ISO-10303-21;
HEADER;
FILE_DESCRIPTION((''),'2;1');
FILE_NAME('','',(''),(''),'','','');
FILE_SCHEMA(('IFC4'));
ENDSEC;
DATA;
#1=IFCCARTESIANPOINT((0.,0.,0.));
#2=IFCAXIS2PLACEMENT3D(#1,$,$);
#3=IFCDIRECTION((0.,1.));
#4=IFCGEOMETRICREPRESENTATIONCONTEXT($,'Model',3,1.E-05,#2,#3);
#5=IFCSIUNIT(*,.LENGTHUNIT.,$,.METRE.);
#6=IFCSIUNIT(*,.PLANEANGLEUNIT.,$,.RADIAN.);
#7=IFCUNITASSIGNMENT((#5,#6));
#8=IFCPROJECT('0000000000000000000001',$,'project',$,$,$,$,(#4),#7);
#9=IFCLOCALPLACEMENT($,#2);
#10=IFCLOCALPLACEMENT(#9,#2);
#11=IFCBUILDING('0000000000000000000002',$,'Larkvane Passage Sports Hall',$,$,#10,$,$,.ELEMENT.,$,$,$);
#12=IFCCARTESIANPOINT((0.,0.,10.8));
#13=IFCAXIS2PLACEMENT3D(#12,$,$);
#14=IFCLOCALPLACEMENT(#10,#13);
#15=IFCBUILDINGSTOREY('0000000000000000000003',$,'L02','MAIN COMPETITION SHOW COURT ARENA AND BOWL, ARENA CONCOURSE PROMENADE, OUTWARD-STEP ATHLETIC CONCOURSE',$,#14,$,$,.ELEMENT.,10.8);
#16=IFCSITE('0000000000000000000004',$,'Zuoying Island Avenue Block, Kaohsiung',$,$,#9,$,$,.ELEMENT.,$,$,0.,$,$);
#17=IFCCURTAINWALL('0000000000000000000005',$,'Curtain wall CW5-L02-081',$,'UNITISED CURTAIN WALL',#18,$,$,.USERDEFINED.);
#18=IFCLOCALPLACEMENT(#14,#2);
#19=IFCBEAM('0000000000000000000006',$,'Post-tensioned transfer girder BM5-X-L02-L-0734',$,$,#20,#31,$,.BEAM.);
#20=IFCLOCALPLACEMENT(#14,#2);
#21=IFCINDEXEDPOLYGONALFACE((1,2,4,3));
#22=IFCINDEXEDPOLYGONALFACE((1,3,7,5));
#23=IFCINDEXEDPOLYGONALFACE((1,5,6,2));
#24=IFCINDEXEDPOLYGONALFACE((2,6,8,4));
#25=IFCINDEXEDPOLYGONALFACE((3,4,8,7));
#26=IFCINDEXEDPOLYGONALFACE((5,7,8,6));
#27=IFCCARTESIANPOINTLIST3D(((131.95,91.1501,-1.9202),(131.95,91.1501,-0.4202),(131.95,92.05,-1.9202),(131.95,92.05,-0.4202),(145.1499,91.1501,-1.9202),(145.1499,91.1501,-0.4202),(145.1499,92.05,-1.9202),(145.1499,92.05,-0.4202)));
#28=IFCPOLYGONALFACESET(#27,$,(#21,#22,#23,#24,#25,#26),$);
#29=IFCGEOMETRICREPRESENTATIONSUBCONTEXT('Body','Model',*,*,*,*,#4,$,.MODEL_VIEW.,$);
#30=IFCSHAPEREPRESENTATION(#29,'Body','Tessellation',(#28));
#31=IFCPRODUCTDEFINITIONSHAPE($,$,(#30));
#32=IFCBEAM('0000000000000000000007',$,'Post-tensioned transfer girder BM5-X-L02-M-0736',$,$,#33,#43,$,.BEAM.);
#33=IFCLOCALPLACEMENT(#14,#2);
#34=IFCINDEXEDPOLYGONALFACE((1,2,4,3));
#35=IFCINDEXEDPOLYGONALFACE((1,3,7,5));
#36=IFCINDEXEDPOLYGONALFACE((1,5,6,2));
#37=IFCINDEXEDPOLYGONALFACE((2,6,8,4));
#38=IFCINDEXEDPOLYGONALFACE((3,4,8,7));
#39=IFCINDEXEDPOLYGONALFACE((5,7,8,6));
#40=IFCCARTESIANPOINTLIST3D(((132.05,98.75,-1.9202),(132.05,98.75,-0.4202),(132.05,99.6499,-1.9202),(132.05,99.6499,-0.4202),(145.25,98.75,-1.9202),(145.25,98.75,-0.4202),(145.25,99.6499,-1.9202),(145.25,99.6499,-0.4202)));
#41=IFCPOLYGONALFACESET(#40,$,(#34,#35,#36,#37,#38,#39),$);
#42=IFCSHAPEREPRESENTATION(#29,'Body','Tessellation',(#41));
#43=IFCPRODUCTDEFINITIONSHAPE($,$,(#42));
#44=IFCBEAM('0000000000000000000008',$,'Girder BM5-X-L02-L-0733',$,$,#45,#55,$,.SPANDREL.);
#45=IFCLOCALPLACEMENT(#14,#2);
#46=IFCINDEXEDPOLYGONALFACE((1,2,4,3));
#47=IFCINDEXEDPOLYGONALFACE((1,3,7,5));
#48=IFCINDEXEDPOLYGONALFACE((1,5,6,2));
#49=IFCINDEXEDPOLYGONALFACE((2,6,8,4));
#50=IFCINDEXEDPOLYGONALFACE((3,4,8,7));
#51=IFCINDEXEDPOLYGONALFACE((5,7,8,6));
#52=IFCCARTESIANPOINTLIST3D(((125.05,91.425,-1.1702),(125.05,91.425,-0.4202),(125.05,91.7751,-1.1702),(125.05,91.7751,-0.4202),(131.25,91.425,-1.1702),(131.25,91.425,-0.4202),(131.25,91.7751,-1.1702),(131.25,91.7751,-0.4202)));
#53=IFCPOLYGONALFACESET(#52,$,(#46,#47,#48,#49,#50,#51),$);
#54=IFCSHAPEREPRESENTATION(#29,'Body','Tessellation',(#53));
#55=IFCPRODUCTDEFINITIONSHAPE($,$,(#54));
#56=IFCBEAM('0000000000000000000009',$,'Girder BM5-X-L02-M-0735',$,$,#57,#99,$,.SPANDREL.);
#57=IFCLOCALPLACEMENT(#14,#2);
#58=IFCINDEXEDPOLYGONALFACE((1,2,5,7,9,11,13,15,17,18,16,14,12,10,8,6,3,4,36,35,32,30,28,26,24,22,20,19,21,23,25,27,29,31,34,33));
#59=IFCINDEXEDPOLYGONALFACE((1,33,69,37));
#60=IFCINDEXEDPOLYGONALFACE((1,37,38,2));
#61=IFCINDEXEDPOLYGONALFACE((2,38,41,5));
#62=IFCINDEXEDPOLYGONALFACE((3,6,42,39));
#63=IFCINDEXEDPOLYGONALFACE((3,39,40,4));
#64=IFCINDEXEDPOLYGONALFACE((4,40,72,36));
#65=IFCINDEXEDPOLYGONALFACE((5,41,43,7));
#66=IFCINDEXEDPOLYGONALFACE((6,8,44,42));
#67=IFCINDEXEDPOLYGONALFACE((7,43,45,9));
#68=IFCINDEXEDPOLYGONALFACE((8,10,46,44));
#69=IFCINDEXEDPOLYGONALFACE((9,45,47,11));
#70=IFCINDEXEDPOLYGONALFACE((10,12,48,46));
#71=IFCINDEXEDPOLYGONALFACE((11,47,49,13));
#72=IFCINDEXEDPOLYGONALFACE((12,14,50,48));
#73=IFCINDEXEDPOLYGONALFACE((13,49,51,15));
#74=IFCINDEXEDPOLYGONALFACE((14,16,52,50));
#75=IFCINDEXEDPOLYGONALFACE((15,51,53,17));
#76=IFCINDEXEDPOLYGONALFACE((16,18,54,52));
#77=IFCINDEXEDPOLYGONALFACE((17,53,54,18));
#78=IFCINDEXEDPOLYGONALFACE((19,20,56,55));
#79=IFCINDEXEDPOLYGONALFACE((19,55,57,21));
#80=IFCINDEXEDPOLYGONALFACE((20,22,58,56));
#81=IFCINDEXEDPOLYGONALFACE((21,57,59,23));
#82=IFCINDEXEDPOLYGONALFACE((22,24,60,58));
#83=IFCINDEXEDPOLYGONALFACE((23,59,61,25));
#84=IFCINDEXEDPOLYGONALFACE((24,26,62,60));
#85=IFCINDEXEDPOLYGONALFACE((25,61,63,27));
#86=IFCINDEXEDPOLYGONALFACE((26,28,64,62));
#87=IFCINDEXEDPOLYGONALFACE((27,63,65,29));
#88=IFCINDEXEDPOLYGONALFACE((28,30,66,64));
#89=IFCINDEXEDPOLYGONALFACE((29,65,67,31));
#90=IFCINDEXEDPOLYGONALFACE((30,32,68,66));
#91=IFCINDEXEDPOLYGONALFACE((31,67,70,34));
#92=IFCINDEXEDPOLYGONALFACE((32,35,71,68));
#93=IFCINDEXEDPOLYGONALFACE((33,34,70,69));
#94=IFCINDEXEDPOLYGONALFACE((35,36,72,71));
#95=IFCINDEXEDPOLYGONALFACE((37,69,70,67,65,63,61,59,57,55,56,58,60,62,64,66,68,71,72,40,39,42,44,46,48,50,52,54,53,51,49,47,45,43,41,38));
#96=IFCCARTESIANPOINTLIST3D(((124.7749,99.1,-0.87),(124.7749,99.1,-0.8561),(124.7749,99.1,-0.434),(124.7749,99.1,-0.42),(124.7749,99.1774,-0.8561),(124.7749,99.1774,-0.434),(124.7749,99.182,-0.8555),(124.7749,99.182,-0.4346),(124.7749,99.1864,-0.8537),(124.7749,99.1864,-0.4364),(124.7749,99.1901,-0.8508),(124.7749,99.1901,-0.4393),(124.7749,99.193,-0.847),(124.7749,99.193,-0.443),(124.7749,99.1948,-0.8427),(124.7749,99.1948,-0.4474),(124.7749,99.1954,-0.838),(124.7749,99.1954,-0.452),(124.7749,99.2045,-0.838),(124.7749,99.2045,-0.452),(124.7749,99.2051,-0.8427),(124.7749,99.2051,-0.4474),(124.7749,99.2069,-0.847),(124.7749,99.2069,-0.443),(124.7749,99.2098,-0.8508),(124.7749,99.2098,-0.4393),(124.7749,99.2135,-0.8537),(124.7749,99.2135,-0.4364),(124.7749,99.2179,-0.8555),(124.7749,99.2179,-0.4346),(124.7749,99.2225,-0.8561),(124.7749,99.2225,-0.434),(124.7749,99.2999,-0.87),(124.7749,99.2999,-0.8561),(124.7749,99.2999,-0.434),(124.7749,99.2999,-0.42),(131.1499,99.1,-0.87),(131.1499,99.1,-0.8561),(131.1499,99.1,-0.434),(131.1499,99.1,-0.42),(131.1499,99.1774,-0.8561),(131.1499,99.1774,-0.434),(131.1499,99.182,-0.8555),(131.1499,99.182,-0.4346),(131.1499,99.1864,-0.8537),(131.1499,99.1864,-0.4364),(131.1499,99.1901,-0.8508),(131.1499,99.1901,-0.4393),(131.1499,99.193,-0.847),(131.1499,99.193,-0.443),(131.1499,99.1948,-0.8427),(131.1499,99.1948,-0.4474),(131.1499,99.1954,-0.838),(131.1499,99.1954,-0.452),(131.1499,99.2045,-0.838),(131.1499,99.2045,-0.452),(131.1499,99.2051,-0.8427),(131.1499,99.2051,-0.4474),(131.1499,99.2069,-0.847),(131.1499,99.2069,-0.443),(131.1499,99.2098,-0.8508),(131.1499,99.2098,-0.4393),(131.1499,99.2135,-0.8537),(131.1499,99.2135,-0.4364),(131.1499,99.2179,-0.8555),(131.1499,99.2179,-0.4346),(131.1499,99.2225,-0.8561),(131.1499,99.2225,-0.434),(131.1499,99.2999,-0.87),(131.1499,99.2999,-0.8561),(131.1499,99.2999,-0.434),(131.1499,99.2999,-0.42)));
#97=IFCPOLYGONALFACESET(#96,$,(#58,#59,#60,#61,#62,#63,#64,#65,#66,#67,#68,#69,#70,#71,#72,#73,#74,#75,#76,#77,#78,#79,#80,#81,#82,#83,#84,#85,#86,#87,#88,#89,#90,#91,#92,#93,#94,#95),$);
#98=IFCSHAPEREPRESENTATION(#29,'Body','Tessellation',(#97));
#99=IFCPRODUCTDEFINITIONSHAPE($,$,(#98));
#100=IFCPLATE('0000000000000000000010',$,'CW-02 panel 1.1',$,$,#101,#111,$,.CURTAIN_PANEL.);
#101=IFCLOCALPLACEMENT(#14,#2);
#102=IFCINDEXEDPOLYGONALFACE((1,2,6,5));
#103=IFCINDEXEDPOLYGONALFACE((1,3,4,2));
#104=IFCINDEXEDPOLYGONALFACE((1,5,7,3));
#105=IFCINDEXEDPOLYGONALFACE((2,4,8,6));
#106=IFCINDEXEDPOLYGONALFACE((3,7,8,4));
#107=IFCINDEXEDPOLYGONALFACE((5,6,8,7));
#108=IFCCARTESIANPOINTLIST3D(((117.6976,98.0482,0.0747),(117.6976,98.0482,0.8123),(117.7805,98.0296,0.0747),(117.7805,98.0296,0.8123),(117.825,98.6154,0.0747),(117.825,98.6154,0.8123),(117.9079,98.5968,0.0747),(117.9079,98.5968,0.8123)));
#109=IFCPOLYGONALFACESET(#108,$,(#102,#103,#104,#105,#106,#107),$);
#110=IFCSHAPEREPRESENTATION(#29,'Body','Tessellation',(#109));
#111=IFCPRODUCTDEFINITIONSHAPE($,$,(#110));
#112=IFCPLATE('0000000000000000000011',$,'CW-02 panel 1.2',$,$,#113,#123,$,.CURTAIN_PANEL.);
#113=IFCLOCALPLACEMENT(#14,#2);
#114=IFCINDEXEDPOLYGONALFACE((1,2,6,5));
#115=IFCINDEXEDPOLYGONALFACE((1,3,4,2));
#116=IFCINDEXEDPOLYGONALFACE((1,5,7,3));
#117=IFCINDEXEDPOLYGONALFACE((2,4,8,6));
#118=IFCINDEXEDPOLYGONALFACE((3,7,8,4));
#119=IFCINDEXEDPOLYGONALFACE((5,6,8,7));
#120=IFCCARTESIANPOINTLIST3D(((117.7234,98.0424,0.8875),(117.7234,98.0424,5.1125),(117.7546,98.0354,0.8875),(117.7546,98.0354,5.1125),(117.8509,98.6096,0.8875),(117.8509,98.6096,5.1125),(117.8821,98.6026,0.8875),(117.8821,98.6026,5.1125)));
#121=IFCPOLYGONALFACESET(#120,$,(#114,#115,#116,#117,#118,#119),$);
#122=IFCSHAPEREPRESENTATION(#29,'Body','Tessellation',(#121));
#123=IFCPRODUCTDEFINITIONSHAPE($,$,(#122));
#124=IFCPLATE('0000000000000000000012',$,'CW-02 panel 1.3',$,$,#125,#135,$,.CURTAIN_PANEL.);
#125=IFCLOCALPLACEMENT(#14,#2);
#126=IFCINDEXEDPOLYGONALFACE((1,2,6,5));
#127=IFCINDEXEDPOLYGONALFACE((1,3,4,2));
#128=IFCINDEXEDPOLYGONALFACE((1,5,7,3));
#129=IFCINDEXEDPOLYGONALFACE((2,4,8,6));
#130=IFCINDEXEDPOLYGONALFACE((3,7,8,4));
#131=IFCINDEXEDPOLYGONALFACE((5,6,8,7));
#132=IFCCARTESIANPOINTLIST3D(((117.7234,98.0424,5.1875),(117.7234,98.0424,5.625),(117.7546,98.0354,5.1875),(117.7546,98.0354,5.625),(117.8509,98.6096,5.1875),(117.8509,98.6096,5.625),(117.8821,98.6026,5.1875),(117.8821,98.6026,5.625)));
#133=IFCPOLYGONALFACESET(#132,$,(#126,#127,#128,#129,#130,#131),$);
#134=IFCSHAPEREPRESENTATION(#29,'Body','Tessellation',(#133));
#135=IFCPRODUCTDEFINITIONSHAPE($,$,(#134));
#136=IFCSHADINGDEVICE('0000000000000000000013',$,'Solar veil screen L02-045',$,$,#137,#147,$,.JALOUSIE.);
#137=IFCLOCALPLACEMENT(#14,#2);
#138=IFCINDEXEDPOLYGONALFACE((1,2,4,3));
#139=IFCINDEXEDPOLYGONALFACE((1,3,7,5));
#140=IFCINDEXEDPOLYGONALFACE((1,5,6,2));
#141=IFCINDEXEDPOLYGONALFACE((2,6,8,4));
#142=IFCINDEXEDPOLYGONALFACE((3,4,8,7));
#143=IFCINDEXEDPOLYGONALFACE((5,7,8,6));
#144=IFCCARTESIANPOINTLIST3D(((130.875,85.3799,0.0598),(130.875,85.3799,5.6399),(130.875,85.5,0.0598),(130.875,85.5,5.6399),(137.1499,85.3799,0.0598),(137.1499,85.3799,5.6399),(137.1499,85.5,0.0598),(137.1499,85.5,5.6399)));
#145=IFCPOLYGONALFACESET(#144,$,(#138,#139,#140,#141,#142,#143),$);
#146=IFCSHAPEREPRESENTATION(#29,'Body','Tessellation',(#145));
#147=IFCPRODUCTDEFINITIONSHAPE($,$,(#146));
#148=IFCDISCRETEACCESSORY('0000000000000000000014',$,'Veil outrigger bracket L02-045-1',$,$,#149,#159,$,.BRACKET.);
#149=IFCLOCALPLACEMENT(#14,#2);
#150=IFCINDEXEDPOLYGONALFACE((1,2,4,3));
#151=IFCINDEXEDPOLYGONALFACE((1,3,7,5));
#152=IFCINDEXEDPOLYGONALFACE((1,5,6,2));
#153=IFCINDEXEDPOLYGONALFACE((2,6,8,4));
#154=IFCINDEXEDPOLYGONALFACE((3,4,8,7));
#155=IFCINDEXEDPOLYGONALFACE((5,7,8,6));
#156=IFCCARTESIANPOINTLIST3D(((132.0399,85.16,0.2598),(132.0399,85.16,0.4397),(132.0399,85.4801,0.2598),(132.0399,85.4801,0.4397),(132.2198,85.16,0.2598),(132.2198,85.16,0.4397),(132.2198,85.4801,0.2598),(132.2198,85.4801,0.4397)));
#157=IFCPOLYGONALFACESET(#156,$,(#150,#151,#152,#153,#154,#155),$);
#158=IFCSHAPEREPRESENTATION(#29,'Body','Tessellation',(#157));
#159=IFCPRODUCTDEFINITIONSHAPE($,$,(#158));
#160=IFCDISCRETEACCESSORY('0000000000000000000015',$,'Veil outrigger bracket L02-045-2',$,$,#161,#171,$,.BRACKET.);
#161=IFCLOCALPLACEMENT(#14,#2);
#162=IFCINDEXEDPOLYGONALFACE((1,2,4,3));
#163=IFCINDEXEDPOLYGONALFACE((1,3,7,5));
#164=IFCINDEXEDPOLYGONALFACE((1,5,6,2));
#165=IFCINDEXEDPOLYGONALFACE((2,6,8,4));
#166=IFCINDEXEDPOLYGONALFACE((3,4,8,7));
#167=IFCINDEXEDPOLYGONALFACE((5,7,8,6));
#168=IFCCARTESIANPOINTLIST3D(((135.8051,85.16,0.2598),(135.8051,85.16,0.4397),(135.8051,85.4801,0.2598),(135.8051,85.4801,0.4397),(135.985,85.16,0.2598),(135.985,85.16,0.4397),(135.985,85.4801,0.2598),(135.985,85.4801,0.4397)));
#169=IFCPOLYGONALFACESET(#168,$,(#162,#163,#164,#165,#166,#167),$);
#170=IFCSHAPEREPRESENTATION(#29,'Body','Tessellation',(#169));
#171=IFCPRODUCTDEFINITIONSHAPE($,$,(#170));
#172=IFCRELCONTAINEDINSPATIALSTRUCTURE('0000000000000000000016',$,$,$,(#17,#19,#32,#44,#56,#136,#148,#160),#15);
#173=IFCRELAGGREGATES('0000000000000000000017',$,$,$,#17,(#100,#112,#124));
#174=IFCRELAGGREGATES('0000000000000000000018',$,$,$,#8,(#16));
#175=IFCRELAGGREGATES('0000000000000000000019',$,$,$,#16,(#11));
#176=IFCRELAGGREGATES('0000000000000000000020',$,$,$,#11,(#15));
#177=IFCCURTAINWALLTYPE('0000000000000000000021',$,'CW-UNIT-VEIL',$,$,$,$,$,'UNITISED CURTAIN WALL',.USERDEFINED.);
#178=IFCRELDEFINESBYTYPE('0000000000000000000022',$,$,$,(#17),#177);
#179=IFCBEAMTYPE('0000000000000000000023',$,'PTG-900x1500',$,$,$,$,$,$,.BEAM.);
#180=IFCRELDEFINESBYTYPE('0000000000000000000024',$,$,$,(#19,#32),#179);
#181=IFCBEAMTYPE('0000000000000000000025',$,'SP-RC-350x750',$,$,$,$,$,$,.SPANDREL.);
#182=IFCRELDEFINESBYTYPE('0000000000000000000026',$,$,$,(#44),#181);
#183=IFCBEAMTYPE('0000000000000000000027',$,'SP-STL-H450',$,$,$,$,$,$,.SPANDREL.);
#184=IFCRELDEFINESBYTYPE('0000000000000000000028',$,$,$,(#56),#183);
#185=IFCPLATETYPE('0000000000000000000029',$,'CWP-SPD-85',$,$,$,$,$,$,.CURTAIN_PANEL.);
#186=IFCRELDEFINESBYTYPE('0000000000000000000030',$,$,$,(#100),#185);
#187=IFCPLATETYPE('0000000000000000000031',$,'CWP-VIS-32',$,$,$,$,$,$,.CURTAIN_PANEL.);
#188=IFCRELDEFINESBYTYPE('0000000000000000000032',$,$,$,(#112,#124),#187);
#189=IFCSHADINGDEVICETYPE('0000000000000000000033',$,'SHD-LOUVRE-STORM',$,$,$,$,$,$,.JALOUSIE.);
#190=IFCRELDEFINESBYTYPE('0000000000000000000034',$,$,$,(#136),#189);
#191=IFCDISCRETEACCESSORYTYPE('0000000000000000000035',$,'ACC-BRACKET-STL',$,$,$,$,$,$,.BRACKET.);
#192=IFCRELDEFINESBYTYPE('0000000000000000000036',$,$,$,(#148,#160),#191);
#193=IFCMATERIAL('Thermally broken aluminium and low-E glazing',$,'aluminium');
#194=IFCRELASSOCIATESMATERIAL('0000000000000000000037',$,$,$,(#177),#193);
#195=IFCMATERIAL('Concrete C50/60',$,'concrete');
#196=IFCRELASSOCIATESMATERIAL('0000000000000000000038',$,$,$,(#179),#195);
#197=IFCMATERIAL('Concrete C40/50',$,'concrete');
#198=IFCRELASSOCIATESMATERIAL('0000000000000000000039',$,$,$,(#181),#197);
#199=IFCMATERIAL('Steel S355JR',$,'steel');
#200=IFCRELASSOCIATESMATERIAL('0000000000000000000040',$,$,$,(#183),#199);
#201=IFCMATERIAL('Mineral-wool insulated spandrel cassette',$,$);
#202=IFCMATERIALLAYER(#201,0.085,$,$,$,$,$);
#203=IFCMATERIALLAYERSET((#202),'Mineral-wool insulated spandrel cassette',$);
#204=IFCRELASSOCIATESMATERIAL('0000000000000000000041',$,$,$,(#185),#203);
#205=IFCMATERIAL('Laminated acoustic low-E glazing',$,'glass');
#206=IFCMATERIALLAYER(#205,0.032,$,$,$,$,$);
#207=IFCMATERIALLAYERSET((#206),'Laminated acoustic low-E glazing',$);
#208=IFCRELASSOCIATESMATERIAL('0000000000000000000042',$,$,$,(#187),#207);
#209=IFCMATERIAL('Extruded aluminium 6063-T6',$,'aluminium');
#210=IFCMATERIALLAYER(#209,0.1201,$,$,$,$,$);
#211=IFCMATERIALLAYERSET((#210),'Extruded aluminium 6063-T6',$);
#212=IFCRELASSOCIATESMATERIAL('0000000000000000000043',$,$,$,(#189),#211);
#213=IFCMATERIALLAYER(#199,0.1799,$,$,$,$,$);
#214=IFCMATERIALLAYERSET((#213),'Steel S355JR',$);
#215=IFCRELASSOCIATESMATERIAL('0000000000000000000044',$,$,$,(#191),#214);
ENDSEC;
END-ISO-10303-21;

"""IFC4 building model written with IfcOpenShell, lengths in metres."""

from ifc_helpers import new_model, si_unit, direction, frame, origin, origin_2d, place, context, subcontext, project, spatial, rectangle, i_section, extrude, material, layer, layer_set, material_profile, profile_set, type_object, element, aggregate, save


model = new_model("IFC4")

# Units and contexts
model_context = context("Model", 3, precision=1e-05, world=origin(), true_north=direction((0.0, 1.0)))
body_context = subcontext(model_context, "Body", "Model", "MODEL_VIEW")
ifc_project = project(units=[si_unit("LENGTHUNIT", "METRE"), si_unit("PLANEANGLEUNIT", "RADIAN")], contexts=[model_context])

# Site, building, storey
site_placement = place(None, origin())
site = spatial("IfcSite", under=ifc_project, at=site_placement, Name="Zuoying Island Avenue Block, Kaohsiung", CompositionType="ELEMENT", RefElevation=0.0)
building_placement = place(site_placement, origin())
building = spatial("IfcBuilding", under=site, at=building_placement, Name="Larkvane Passage Sports Hall", CompositionType="ELEMENT")
storey_placement = place(building_placement, frame((0.0, 0.0, 10.8)))
storey = spatial("IfcBuildingStorey", under=building, at=storey_placement, Name="L02", Description="MAIN COMPETITION SHOW COURT ARENA AND BOWL, ARENA CONCOURSE PROMENADE, OUTWARD-STEP ATHLETIC CONCOURSE", CompositionType="ELEMENT", Elevation=10.8)

# Shared definitions
ifc_material_1 = material(Name="Concrete C50/60", Category="concrete")

# Shared definitions
ifc_material_2 = material(Name="Steel S355JR", Category="steel")

# Curtain wall
ifc_material_3 = material(Name="Thermally broken aluminium and low-E glazing", Category="aluminium")
curtain_wall_type = type_object("IfcCurtainWallType", Name="CW-UNIT-VEIL", ElementType="UNITISED CURTAIN WALL", PredefinedType="USERDEFINED", material=ifc_material_3)
curtain_wall_placement = place(storey_placement, origin())
curtain_wall = element("IfcCurtainWall", 1, at=curtain_wall_placement, inside=storey, type_object=curtain_wall_type, Name="Curtain wall CW5-L02-081", ObjectType="UNITISED CURTAIN WALL", PredefinedType="USERDEFINED")

# Beams
ifc_material_profile_1 = material_profile(ifc_material_1, rectangle(XDim=0.8999, YDim=1.5, at=origin_2d()), Name="PT-GIR-900x1500")
ifc_profile_set_1 = profile_set([ifc_material_profile_1], Name="Concrete C50/60")
beam_type_1 = type_object("IfcBeamType", Name="PTG-900x1500", PredefinedType="BEAM", material=ifc_profile_set_1)
for number, where, z_axis, x_axis, name in (
    (2, (131.95, 91.6001, -1.1702), (1.0, 0.0, 0.0), (0.0, 1.0, 0.0), "Post-tensioned transfer girder BM5-X-L02-L-0734"),
    (3, (132.05, 99.2, -1.1702), (1.0, 0.0, 0.0), (0.0, 1.0, 0.0), "Post-tensioned transfer girder BM5-X-L02-M-0736"),
):
    element("IfcBeam", number, at=place(storey_placement, frame(where, z_axis=z_axis, x_axis=x_axis)), inside=storey, type_object=beam_type_1, Name=name, PredefinedType="BEAM", context=body_context, shape_type="SweptSolid", body=[
        extrude(rectangle(XDim=0.8999, YDim=1.5, at=origin_2d()), origin(), (0.0, 0.0, 1.0), 13.2),
    ])
ifc_material_4 = material(Name="Concrete C40/50", Category="concrete")
ifc_material_profile_2 = material_profile(ifc_material_4, rectangle(XDim=0.3501, YDim=0.75, at=origin_2d()), Name="RC-SP-350x750")
ifc_profile_set_2 = profile_set([ifc_material_profile_2], Name="Concrete C40/50")
beam_type_2 = type_object("IfcBeamType", Name="SP-RC-350x750", PredefinedType="SPANDREL", material=ifc_profile_set_2)
beam_1_placement = place(storey_placement, frame((125.05, 91.6001, -0.7952), z_axis=(1.0, 0.0, 0.0), x_axis=(0.0, 1.0, 0.0)))
element("IfcBeam", 4, at=beam_1_placement, inside=storey, type_object=beam_type_2, Name="Girder BM5-X-L02-L-0733", PredefinedType="SPANDREL", context=body_context, shape_type="SweptSolid", body=[
    extrude(rectangle(XDim=0.3501, YDim=0.75, at=origin_2d()), origin(), (0.0, 0.0, 1.0), 6.2),
])
ifc_material_profile_3 = material_profile(ifc_material_2, i_section(OverallWidth=0.2, OverallDepth=0.45, WebThickness=0.009, FlangeThickness=0.0139, FilletRadius=0.0181, at=origin_2d()), Name="H-450x200x9x14")
ifc_profile_set_3 = profile_set([ifc_material_profile_3], Name="Steel S355JR")
beam_type_3 = type_object("IfcBeamType", Name="SP-STL-H450", PredefinedType="SPANDREL", material=ifc_profile_set_3)
beam_2_placement = place(storey_placement, frame((124.7749, 99.2, -0.645), z_axis=(1.0, 0.0, 0.0), x_axis=(0.0, 1.0, 0.0)))
element("IfcBeam", 5, at=beam_2_placement, inside=storey, type_object=beam_type_3, Name="Girder BM5-X-L02-M-0735", PredefinedType="SPANDREL", context=body_context, shape_type="SweptSolid", body=[
    extrude(i_section(OverallWidth=0.2, OverallDepth=0.45, WebThickness=0.009, FlangeThickness=0.0139, FilletRadius=0.0181, at=origin_2d()), origin(), (0.0, 0.0, 1.0), 6.375),
])

# Plates
ifc_material_5 = material(Name="Mineral-wool insulated spandrel cassette")
ifc_layer_1 = layer(ifc_material_5, 0.085)
ifc_layer_set_1 = layer_set([ifc_layer_1], Name="Mineral-wool insulated spandrel cassette")
plate_type_1 = type_object("IfcPlateType", Name="CWP-SPD-85", PredefinedType="CURTAIN_PANEL", material=ifc_layer_set_1)
plate_1_placement = place(storey_placement, frame((117.8027, 98.3225, 0.0747), z_axis=(0.0, 0.0, 1.0), x_axis=(-0.219257, -0.975667, 0.0)))
plate_1 = element("IfcPlate", 6, at=plate_1_placement, type_object=plate_type_1, Name="CW-02 panel 1.1", PredefinedType="CURTAIN_PANEL", context=body_context, shape_type="SweptSolid", body=[
    extrude(rectangle(XDim=0.5813, YDim=0.085, at=origin_2d()), origin(), (0.0, 0.0, 1.0), 0.7375),
])
ifc_material_6 = material(Name="Laminated acoustic low-E glazing", Category="glass")
ifc_layer_2 = layer(ifc_material_6, 0.032)
ifc_layer_set_2 = layer_set([ifc_layer_2], Name="Laminated acoustic low-E glazing")
plate_type_2 = type_object("IfcPlateType", Name="CWP-VIS-32", PredefinedType="CURTAIN_PANEL", material=ifc_layer_set_2)
plate_2_placement = place(storey_placement, frame((117.8027, 98.3225, 0.8875), z_axis=(0.0, 0.0, 1.0), x_axis=(-0.219257, -0.975667, 0.0)))
plate_2 = element("IfcPlate", 7, at=plate_2_placement, type_object=plate_type_2, Name="CW-02 panel 1.2", PredefinedType="CURTAIN_PANEL", context=body_context, shape_type="SweptSolid", body=[
    extrude(rectangle(XDim=0.5813, YDim=0.032, at=origin_2d()), origin(), (0.0, 0.0, 1.0), 4.2251),
])
plate_3_placement = place(storey_placement, frame((117.8027, 98.3225, 5.1875), z_axis=(0.0, 0.0, 1.0), x_axis=(-0.219257, -0.975667, 0.0)))
plate_3 = element("IfcPlate", 8, at=plate_3_placement, type_object=plate_type_2, Name="CW-02 panel 1.3", PredefinedType="CURTAIN_PANEL", context=body_context, shape_type="SweptSolid", body=[
    extrude(rectangle(XDim=0.5813, YDim=0.032, at=origin_2d()), origin(), (0.0, 0.0, 1.0), 0.4375),
])
aggregate(curtain_wall, [plate_1, plate_2, plate_3])

# Shading device
ifc_material_7 = material(Name="Extruded aluminium 6063-T6", Category="aluminium")
ifc_layer_3 = layer(ifc_material_7, 0.1201)
ifc_layer_set_3 = layer_set([ifc_layer_3], Name="Extruded aluminium 6063-T6")
shading_device_type = type_object("IfcShadingDeviceType", Name="SHD-LOUVRE-STORM", PredefinedType="JALOUSIE", material=ifc_layer_set_3)
shading_device_placement = place(storey_placement, frame((134.0125, 85.4399, 0.0598), z_axis=(0.0, 0.0, 1.0), x_axis=(1.0, 0.0, 0.0)))
element("IfcShadingDevice", 9, at=shading_device_placement, inside=storey, type_object=shading_device_type, Name="Solar veil screen L02-045", PredefinedType="JALOUSIE", context=body_context, shape_type="SweptSolid", body=[
    extrude(rectangle(XDim=6.2749, YDim=0.1201, at=origin_2d()), origin(), (0.0, 0.0, 1.0), 5.5801),
])

# Discrete accessories
ifc_layer_4 = layer(ifc_material_2, 0.1799)
ifc_layer_set_4 = layer_set([ifc_layer_4], Name="Steel S355JR")
discrete_accessory_type = type_object("IfcDiscreteAccessoryType", Name="ACC-BRACKET-STL", PredefinedType="BRACKET", material=ifc_layer_set_4)
for number, where, z_axis, x_axis, name in (
    (10, (132.1299, 85.3201, 0.2598), (0.0, 0.0, 1.0), (1.0, 0.0, 0.0), "Veil outrigger bracket L02-045-1"),
    (11, (135.895, 85.3201, 0.2598), (0.0, 0.0, 1.0), (1.0, 0.0, 0.0), "Veil outrigger bracket L02-045-2"),
):
    element("IfcDiscreteAccessory", number, at=place(storey_placement, frame(where, z_axis=z_axis, x_axis=x_axis)), inside=storey, type_object=discrete_accessory_type, Name=name, PredefinedType="BRACKET", context=body_context, shape_type="SweptSolid", body=[
        extrude(rectangle(XDim=0.1799, YDim=0.3201, at=origin_2d()), origin(), (0.0, 0.0, 1.0), 0.1799),
    ])

save(model, "model.ifc")
